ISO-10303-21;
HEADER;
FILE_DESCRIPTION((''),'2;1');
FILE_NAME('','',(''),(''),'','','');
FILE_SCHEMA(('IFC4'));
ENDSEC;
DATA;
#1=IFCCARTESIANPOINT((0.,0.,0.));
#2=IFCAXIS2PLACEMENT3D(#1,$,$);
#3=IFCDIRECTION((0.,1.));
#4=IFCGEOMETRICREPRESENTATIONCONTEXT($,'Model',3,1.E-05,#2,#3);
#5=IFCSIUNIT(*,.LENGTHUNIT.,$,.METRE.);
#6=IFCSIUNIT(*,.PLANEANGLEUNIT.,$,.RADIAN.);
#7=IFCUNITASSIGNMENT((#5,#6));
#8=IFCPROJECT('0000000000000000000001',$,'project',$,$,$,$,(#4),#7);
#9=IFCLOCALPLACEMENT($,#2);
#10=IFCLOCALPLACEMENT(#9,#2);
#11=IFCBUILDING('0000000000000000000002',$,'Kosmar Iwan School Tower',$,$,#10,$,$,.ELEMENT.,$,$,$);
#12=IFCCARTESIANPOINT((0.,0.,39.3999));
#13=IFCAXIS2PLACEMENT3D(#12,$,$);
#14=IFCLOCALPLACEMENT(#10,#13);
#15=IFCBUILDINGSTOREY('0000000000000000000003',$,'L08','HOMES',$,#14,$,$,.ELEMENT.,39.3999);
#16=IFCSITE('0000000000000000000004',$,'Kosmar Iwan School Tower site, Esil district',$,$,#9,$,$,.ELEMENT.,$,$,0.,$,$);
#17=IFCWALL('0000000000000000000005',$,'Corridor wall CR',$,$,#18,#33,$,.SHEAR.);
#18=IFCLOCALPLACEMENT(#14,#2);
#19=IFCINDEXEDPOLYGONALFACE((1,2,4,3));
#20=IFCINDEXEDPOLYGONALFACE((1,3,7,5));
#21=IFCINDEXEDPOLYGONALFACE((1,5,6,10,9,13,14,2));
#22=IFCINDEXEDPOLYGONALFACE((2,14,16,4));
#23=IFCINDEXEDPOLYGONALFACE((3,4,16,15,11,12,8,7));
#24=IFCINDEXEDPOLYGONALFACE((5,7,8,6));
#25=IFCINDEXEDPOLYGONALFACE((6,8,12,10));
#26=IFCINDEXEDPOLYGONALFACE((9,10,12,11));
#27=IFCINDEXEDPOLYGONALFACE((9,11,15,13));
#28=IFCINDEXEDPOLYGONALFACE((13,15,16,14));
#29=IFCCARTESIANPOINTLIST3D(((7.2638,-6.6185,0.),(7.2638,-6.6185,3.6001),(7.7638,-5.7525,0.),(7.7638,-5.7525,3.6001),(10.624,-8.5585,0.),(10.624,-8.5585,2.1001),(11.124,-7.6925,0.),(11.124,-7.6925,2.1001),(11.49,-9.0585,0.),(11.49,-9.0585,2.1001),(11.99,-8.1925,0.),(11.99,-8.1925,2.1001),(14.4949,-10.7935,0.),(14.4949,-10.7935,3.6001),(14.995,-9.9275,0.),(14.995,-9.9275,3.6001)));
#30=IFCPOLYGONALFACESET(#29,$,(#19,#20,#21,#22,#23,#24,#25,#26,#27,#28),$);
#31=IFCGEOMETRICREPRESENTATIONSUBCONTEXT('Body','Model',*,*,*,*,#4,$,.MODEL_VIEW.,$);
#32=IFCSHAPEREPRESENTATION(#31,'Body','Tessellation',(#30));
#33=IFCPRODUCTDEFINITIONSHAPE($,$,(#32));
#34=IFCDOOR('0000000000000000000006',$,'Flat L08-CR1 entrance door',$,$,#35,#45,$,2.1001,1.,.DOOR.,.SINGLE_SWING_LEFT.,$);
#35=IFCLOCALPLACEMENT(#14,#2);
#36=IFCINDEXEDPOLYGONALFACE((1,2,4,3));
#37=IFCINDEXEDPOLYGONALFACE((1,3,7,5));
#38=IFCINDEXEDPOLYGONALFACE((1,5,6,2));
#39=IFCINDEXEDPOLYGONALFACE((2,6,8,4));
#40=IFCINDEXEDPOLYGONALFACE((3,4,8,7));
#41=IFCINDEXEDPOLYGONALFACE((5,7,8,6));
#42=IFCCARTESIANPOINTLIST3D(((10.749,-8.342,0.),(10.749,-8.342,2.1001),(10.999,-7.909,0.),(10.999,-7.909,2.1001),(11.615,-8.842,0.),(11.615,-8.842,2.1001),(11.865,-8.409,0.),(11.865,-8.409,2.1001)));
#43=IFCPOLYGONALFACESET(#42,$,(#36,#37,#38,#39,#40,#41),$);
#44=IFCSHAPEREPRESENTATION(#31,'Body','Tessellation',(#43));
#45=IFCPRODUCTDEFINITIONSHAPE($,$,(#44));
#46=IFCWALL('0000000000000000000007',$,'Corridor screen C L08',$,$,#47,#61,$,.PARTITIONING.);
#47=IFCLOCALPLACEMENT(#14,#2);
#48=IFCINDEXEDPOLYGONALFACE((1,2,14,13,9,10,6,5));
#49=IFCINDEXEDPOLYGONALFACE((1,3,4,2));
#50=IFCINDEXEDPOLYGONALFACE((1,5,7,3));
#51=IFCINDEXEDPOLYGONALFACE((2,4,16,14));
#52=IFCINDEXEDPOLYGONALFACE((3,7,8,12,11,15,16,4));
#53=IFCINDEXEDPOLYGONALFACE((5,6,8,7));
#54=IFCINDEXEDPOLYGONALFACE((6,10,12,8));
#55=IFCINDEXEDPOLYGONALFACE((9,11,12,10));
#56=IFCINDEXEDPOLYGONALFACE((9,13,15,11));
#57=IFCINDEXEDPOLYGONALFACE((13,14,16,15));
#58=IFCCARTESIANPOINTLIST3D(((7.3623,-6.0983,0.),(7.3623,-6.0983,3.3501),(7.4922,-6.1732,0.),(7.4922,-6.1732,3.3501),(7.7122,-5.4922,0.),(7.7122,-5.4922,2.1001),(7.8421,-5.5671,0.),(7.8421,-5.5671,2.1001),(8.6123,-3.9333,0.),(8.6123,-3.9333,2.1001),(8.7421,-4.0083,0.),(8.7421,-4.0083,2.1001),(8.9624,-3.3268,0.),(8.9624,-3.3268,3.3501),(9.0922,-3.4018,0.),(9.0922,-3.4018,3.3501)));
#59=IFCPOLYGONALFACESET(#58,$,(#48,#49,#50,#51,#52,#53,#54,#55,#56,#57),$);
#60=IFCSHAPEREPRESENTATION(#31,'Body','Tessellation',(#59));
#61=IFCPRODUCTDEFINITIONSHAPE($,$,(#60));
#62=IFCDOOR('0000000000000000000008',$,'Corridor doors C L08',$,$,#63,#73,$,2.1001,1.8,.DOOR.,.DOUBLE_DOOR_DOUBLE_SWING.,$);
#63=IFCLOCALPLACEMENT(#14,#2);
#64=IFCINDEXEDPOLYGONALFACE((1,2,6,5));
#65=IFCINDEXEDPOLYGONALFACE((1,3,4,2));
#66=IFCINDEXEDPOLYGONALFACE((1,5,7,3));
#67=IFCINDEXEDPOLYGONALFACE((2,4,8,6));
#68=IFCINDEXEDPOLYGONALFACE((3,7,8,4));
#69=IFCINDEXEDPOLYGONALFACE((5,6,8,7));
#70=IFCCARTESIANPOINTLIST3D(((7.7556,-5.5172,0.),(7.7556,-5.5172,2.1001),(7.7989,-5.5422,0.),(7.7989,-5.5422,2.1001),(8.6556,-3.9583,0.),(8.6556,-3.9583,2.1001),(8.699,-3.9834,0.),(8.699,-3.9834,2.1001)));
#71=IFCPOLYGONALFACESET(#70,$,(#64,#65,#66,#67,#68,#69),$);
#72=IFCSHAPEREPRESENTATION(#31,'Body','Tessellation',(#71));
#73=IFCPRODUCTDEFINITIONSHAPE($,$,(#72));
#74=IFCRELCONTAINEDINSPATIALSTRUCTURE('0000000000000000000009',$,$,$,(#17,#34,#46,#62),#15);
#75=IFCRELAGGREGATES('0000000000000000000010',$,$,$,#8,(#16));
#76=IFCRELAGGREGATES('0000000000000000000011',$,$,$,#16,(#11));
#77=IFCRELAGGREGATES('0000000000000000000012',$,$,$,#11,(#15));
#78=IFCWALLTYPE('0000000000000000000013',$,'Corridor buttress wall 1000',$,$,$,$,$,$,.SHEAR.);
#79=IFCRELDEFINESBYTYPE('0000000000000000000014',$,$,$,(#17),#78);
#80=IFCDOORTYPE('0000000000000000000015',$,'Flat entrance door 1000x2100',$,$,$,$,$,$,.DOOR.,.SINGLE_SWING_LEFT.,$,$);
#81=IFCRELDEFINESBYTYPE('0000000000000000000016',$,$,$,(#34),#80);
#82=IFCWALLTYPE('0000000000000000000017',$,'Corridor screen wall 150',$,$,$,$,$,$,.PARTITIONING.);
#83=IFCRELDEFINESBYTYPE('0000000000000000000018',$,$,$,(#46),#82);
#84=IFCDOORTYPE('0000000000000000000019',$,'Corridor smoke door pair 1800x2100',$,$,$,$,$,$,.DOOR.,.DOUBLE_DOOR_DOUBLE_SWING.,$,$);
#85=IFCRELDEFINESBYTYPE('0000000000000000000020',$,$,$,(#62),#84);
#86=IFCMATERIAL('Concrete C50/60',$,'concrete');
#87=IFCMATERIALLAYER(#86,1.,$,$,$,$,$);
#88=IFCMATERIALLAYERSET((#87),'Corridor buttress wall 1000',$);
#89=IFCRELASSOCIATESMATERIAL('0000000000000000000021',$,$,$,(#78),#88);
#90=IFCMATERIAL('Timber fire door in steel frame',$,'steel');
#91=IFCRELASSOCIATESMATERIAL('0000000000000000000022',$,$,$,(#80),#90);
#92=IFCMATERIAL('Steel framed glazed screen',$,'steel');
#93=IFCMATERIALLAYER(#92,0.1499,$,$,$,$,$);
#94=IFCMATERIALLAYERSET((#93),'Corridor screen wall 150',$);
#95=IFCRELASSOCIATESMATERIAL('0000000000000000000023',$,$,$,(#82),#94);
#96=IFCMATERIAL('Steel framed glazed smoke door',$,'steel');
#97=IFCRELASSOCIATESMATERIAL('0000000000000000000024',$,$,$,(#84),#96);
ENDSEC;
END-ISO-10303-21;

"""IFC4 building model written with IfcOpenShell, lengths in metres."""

from ifc_helpers import new_model, si_unit, direction, frame, frame_2d, origin, place, context, subcontext, project, spatial, rectangle, extrude, material, layer, layer_set, type_object, element, fill, save


model = new_model("IFC4")

# Units and contexts
model_context = context("Model", 3, precision=1e-05, world=origin(), true_north=direction((0.0, 1.0)))
body_context = subcontext(model_context, "Body", "Model", "MODEL_VIEW")
ifc_project = project(units=[si_unit("LENGTHUNIT", "METRE"), si_unit("PLANEANGLEUNIT", "RADIAN")], contexts=[model_context])

# Site, building, storey
site_placement = place(None, origin())
site = spatial("IfcSite", under=ifc_project, at=site_placement, Name="Kosmar Iwan School Tower site, Esil district", CompositionType="ELEMENT", RefElevation=0.0)
building_placement = place(site_placement, origin())
building = spatial("IfcBuilding", under=site, at=building_placement, Name="Kosmar Iwan School Tower", CompositionType="ELEMENT")
storey_placement = place(building_placement, frame((0.0, 0.0, 39.3999)))
storey = spatial("IfcBuildingStorey", under=building, at=storey_placement, Name="L08", Description="HOMES", CompositionType="ELEMENT", Elevation=39.3999)

# Walls, openings, doors
ifc_material_1 = material(Name="Concrete C50/60", Category="concrete")
ifc_layer_1 = layer(ifc_material_1, 1.0)
ifc_layer_set_1 = layer_set([ifc_layer_1], Name="Corridor buttress wall 1000")
wall_type_1 = type_object("IfcWallType", Name="Corridor buttress wall 1000", PredefinedType="SHEAR", material=ifc_layer_set_1)
wall_1_placement = place(storey_placement, frame((7.5139, -6.1855, 0.0), z_axis=(0.0, 0.0, 1.0), x_axis=(0.86602, -0.50001, 0.0)))
wall_1 = element("IfcWall", 1, at=wall_1_placement, inside=storey, type_object=wall_type_1, Name="Corridor wall CR", PredefinedType="SHEAR", context=body_context, shape_type="SweptSolid", body=[
    extrude(rectangle(XDim=8.3499, YDim=1.0, at=frame_2d((4.1748, 0.0))), origin(), (0.0, 0.0, 1.0), 3.6001),
])
opening_1_placement = place(wall_1_placement, frame((3.8799, 0.0, 0.0)))
opening_1 = element("IfcOpeningElement", 2, at=opening_1_placement, cuts=wall_1, PredefinedType="OPENING", context=body_context, shape_type="SweptSolid", body=[
    extrude(rectangle(XDim=1.0, YDim=2.1001, at=frame_2d((0.5, 1.05))), frame((0.0, 0.512, 0.0), z_axis=(0.0, -1.0, 0.0), x_axis=(1.0, 0.0, 0.0)), (0.0, 0.0, 1.0), 1.0239),
])
ifc_material_2 = material(Name="Timber fire door in steel frame", Category="steel")
door_type_1 = type_object("IfcDoorType", Name="Flat entrance door 1000x2100", OperationType="SINGLE_SWING_LEFT", PredefinedType="DOOR", material=ifc_material_2)
door_1_placement = place(opening_1_placement, origin())
door_1 = element("IfcDoor", 3, at=door_1_placement, inside=storey, type_object=door_type_1, Name="Flat L08-CR1 entrance door", OperationType="SINGLE_SWING_LEFT", OverallHeight=2.1001, OverallWidth=1.0, PredefinedType="DOOR", context=body_context, shape_type="SweptSolid", body=[
    extrude(rectangle(XDim=1.0, YDim=2.1001, at=frame_2d((0.5, 1.05))), frame((0.0, 0.25, 0.0), z_axis=(0.0, -1.0, 0.0), x_axis=(1.0, 0.0, 0.0)), (0.0, 0.0, 1.0), 0.5),
])
fill(opening_1, door_1)
ifc_material_3 = material(Name="Steel framed glazed screen", Category="steel")
ifc_layer_2 = layer(ifc_material_3, 0.1499)
ifc_layer_set_2 = layer_set([ifc_layer_2], Name="Corridor screen wall 150")
wall_type_2 = type_object("IfcWallType", Name="Corridor screen wall 150", PredefinedType="PARTITIONING", material=ifc_layer_set_2)
wall_2_placement = place(storey_placement, frame((7.4272, -6.1357, 0.0), z_axis=(0.0, 0.0, 1.0), x_axis=(0.499995, 0.866028, 0.0)))
wall_2 = element("IfcWall", 4, at=wall_2_placement, inside=storey, type_object=wall_type_2, Name="Corridor screen C L08", PredefinedType="PARTITIONING", context=body_context, shape_type="SweptSolid", body=[
    extrude(rectangle(XDim=3.2002, YDim=0.1499, at=frame_2d((1.6001, 0.0))), origin(), (0.0, 0.0, 1.0), 3.3501),
])
opening_2_placement = place(wall_2_placement, frame((0.7, 0.0, 0.0)))
opening_2 = element("IfcOpeningElement", 5, at=opening_2_placement, cuts=wall_2, PredefinedType="OPENING", context=body_context, shape_type="SweptSolid", body=[
    extrude(rectangle(XDim=1.8, YDim=2.1001, at=frame_2d((0.8999, 1.05))), frame((0.0, 0.0869, 0.0), z_axis=(0.0, -1.0, 0.0), x_axis=(1.0, 0.0, 0.0)), (0.0, 0.0, 1.0), 0.1738),
])
ifc_material_4 = material(Name="Steel framed glazed smoke door", Category="steel")
door_type_2 = type_object("IfcDoorType", Name="Corridor smoke door pair 1800x2100", OperationType="DOUBLE_DOOR_DOUBLE_SWING", PredefinedType="DOOR", material=ifc_material_4)
door_2_placement = place(opening_2_placement, origin())
door_2 = element("IfcDoor", 6, at=door_2_placement, inside=storey, type_object=door_type_2, Name="Corridor doors C L08", OperationType="DOUBLE_DOOR_DOUBLE_SWING", OverallHeight=2.1001, OverallWidth=1.8, PredefinedType="DOOR", context=body_context, shape_type="SweptSolid", body=[
    extrude(rectangle(XDim=1.8, YDim=2.1001, at=frame_2d((0.8999, 1.05))), frame((0.0, 0.0249, 0.0), z_axis=(0.0, -1.0, 0.0), x_axis=(1.0, 0.0, 0.0)), (0.0, 0.0, 1.0), 0.05),
])
fill(opening_2, door_2)

save(model, "model.ifc")
